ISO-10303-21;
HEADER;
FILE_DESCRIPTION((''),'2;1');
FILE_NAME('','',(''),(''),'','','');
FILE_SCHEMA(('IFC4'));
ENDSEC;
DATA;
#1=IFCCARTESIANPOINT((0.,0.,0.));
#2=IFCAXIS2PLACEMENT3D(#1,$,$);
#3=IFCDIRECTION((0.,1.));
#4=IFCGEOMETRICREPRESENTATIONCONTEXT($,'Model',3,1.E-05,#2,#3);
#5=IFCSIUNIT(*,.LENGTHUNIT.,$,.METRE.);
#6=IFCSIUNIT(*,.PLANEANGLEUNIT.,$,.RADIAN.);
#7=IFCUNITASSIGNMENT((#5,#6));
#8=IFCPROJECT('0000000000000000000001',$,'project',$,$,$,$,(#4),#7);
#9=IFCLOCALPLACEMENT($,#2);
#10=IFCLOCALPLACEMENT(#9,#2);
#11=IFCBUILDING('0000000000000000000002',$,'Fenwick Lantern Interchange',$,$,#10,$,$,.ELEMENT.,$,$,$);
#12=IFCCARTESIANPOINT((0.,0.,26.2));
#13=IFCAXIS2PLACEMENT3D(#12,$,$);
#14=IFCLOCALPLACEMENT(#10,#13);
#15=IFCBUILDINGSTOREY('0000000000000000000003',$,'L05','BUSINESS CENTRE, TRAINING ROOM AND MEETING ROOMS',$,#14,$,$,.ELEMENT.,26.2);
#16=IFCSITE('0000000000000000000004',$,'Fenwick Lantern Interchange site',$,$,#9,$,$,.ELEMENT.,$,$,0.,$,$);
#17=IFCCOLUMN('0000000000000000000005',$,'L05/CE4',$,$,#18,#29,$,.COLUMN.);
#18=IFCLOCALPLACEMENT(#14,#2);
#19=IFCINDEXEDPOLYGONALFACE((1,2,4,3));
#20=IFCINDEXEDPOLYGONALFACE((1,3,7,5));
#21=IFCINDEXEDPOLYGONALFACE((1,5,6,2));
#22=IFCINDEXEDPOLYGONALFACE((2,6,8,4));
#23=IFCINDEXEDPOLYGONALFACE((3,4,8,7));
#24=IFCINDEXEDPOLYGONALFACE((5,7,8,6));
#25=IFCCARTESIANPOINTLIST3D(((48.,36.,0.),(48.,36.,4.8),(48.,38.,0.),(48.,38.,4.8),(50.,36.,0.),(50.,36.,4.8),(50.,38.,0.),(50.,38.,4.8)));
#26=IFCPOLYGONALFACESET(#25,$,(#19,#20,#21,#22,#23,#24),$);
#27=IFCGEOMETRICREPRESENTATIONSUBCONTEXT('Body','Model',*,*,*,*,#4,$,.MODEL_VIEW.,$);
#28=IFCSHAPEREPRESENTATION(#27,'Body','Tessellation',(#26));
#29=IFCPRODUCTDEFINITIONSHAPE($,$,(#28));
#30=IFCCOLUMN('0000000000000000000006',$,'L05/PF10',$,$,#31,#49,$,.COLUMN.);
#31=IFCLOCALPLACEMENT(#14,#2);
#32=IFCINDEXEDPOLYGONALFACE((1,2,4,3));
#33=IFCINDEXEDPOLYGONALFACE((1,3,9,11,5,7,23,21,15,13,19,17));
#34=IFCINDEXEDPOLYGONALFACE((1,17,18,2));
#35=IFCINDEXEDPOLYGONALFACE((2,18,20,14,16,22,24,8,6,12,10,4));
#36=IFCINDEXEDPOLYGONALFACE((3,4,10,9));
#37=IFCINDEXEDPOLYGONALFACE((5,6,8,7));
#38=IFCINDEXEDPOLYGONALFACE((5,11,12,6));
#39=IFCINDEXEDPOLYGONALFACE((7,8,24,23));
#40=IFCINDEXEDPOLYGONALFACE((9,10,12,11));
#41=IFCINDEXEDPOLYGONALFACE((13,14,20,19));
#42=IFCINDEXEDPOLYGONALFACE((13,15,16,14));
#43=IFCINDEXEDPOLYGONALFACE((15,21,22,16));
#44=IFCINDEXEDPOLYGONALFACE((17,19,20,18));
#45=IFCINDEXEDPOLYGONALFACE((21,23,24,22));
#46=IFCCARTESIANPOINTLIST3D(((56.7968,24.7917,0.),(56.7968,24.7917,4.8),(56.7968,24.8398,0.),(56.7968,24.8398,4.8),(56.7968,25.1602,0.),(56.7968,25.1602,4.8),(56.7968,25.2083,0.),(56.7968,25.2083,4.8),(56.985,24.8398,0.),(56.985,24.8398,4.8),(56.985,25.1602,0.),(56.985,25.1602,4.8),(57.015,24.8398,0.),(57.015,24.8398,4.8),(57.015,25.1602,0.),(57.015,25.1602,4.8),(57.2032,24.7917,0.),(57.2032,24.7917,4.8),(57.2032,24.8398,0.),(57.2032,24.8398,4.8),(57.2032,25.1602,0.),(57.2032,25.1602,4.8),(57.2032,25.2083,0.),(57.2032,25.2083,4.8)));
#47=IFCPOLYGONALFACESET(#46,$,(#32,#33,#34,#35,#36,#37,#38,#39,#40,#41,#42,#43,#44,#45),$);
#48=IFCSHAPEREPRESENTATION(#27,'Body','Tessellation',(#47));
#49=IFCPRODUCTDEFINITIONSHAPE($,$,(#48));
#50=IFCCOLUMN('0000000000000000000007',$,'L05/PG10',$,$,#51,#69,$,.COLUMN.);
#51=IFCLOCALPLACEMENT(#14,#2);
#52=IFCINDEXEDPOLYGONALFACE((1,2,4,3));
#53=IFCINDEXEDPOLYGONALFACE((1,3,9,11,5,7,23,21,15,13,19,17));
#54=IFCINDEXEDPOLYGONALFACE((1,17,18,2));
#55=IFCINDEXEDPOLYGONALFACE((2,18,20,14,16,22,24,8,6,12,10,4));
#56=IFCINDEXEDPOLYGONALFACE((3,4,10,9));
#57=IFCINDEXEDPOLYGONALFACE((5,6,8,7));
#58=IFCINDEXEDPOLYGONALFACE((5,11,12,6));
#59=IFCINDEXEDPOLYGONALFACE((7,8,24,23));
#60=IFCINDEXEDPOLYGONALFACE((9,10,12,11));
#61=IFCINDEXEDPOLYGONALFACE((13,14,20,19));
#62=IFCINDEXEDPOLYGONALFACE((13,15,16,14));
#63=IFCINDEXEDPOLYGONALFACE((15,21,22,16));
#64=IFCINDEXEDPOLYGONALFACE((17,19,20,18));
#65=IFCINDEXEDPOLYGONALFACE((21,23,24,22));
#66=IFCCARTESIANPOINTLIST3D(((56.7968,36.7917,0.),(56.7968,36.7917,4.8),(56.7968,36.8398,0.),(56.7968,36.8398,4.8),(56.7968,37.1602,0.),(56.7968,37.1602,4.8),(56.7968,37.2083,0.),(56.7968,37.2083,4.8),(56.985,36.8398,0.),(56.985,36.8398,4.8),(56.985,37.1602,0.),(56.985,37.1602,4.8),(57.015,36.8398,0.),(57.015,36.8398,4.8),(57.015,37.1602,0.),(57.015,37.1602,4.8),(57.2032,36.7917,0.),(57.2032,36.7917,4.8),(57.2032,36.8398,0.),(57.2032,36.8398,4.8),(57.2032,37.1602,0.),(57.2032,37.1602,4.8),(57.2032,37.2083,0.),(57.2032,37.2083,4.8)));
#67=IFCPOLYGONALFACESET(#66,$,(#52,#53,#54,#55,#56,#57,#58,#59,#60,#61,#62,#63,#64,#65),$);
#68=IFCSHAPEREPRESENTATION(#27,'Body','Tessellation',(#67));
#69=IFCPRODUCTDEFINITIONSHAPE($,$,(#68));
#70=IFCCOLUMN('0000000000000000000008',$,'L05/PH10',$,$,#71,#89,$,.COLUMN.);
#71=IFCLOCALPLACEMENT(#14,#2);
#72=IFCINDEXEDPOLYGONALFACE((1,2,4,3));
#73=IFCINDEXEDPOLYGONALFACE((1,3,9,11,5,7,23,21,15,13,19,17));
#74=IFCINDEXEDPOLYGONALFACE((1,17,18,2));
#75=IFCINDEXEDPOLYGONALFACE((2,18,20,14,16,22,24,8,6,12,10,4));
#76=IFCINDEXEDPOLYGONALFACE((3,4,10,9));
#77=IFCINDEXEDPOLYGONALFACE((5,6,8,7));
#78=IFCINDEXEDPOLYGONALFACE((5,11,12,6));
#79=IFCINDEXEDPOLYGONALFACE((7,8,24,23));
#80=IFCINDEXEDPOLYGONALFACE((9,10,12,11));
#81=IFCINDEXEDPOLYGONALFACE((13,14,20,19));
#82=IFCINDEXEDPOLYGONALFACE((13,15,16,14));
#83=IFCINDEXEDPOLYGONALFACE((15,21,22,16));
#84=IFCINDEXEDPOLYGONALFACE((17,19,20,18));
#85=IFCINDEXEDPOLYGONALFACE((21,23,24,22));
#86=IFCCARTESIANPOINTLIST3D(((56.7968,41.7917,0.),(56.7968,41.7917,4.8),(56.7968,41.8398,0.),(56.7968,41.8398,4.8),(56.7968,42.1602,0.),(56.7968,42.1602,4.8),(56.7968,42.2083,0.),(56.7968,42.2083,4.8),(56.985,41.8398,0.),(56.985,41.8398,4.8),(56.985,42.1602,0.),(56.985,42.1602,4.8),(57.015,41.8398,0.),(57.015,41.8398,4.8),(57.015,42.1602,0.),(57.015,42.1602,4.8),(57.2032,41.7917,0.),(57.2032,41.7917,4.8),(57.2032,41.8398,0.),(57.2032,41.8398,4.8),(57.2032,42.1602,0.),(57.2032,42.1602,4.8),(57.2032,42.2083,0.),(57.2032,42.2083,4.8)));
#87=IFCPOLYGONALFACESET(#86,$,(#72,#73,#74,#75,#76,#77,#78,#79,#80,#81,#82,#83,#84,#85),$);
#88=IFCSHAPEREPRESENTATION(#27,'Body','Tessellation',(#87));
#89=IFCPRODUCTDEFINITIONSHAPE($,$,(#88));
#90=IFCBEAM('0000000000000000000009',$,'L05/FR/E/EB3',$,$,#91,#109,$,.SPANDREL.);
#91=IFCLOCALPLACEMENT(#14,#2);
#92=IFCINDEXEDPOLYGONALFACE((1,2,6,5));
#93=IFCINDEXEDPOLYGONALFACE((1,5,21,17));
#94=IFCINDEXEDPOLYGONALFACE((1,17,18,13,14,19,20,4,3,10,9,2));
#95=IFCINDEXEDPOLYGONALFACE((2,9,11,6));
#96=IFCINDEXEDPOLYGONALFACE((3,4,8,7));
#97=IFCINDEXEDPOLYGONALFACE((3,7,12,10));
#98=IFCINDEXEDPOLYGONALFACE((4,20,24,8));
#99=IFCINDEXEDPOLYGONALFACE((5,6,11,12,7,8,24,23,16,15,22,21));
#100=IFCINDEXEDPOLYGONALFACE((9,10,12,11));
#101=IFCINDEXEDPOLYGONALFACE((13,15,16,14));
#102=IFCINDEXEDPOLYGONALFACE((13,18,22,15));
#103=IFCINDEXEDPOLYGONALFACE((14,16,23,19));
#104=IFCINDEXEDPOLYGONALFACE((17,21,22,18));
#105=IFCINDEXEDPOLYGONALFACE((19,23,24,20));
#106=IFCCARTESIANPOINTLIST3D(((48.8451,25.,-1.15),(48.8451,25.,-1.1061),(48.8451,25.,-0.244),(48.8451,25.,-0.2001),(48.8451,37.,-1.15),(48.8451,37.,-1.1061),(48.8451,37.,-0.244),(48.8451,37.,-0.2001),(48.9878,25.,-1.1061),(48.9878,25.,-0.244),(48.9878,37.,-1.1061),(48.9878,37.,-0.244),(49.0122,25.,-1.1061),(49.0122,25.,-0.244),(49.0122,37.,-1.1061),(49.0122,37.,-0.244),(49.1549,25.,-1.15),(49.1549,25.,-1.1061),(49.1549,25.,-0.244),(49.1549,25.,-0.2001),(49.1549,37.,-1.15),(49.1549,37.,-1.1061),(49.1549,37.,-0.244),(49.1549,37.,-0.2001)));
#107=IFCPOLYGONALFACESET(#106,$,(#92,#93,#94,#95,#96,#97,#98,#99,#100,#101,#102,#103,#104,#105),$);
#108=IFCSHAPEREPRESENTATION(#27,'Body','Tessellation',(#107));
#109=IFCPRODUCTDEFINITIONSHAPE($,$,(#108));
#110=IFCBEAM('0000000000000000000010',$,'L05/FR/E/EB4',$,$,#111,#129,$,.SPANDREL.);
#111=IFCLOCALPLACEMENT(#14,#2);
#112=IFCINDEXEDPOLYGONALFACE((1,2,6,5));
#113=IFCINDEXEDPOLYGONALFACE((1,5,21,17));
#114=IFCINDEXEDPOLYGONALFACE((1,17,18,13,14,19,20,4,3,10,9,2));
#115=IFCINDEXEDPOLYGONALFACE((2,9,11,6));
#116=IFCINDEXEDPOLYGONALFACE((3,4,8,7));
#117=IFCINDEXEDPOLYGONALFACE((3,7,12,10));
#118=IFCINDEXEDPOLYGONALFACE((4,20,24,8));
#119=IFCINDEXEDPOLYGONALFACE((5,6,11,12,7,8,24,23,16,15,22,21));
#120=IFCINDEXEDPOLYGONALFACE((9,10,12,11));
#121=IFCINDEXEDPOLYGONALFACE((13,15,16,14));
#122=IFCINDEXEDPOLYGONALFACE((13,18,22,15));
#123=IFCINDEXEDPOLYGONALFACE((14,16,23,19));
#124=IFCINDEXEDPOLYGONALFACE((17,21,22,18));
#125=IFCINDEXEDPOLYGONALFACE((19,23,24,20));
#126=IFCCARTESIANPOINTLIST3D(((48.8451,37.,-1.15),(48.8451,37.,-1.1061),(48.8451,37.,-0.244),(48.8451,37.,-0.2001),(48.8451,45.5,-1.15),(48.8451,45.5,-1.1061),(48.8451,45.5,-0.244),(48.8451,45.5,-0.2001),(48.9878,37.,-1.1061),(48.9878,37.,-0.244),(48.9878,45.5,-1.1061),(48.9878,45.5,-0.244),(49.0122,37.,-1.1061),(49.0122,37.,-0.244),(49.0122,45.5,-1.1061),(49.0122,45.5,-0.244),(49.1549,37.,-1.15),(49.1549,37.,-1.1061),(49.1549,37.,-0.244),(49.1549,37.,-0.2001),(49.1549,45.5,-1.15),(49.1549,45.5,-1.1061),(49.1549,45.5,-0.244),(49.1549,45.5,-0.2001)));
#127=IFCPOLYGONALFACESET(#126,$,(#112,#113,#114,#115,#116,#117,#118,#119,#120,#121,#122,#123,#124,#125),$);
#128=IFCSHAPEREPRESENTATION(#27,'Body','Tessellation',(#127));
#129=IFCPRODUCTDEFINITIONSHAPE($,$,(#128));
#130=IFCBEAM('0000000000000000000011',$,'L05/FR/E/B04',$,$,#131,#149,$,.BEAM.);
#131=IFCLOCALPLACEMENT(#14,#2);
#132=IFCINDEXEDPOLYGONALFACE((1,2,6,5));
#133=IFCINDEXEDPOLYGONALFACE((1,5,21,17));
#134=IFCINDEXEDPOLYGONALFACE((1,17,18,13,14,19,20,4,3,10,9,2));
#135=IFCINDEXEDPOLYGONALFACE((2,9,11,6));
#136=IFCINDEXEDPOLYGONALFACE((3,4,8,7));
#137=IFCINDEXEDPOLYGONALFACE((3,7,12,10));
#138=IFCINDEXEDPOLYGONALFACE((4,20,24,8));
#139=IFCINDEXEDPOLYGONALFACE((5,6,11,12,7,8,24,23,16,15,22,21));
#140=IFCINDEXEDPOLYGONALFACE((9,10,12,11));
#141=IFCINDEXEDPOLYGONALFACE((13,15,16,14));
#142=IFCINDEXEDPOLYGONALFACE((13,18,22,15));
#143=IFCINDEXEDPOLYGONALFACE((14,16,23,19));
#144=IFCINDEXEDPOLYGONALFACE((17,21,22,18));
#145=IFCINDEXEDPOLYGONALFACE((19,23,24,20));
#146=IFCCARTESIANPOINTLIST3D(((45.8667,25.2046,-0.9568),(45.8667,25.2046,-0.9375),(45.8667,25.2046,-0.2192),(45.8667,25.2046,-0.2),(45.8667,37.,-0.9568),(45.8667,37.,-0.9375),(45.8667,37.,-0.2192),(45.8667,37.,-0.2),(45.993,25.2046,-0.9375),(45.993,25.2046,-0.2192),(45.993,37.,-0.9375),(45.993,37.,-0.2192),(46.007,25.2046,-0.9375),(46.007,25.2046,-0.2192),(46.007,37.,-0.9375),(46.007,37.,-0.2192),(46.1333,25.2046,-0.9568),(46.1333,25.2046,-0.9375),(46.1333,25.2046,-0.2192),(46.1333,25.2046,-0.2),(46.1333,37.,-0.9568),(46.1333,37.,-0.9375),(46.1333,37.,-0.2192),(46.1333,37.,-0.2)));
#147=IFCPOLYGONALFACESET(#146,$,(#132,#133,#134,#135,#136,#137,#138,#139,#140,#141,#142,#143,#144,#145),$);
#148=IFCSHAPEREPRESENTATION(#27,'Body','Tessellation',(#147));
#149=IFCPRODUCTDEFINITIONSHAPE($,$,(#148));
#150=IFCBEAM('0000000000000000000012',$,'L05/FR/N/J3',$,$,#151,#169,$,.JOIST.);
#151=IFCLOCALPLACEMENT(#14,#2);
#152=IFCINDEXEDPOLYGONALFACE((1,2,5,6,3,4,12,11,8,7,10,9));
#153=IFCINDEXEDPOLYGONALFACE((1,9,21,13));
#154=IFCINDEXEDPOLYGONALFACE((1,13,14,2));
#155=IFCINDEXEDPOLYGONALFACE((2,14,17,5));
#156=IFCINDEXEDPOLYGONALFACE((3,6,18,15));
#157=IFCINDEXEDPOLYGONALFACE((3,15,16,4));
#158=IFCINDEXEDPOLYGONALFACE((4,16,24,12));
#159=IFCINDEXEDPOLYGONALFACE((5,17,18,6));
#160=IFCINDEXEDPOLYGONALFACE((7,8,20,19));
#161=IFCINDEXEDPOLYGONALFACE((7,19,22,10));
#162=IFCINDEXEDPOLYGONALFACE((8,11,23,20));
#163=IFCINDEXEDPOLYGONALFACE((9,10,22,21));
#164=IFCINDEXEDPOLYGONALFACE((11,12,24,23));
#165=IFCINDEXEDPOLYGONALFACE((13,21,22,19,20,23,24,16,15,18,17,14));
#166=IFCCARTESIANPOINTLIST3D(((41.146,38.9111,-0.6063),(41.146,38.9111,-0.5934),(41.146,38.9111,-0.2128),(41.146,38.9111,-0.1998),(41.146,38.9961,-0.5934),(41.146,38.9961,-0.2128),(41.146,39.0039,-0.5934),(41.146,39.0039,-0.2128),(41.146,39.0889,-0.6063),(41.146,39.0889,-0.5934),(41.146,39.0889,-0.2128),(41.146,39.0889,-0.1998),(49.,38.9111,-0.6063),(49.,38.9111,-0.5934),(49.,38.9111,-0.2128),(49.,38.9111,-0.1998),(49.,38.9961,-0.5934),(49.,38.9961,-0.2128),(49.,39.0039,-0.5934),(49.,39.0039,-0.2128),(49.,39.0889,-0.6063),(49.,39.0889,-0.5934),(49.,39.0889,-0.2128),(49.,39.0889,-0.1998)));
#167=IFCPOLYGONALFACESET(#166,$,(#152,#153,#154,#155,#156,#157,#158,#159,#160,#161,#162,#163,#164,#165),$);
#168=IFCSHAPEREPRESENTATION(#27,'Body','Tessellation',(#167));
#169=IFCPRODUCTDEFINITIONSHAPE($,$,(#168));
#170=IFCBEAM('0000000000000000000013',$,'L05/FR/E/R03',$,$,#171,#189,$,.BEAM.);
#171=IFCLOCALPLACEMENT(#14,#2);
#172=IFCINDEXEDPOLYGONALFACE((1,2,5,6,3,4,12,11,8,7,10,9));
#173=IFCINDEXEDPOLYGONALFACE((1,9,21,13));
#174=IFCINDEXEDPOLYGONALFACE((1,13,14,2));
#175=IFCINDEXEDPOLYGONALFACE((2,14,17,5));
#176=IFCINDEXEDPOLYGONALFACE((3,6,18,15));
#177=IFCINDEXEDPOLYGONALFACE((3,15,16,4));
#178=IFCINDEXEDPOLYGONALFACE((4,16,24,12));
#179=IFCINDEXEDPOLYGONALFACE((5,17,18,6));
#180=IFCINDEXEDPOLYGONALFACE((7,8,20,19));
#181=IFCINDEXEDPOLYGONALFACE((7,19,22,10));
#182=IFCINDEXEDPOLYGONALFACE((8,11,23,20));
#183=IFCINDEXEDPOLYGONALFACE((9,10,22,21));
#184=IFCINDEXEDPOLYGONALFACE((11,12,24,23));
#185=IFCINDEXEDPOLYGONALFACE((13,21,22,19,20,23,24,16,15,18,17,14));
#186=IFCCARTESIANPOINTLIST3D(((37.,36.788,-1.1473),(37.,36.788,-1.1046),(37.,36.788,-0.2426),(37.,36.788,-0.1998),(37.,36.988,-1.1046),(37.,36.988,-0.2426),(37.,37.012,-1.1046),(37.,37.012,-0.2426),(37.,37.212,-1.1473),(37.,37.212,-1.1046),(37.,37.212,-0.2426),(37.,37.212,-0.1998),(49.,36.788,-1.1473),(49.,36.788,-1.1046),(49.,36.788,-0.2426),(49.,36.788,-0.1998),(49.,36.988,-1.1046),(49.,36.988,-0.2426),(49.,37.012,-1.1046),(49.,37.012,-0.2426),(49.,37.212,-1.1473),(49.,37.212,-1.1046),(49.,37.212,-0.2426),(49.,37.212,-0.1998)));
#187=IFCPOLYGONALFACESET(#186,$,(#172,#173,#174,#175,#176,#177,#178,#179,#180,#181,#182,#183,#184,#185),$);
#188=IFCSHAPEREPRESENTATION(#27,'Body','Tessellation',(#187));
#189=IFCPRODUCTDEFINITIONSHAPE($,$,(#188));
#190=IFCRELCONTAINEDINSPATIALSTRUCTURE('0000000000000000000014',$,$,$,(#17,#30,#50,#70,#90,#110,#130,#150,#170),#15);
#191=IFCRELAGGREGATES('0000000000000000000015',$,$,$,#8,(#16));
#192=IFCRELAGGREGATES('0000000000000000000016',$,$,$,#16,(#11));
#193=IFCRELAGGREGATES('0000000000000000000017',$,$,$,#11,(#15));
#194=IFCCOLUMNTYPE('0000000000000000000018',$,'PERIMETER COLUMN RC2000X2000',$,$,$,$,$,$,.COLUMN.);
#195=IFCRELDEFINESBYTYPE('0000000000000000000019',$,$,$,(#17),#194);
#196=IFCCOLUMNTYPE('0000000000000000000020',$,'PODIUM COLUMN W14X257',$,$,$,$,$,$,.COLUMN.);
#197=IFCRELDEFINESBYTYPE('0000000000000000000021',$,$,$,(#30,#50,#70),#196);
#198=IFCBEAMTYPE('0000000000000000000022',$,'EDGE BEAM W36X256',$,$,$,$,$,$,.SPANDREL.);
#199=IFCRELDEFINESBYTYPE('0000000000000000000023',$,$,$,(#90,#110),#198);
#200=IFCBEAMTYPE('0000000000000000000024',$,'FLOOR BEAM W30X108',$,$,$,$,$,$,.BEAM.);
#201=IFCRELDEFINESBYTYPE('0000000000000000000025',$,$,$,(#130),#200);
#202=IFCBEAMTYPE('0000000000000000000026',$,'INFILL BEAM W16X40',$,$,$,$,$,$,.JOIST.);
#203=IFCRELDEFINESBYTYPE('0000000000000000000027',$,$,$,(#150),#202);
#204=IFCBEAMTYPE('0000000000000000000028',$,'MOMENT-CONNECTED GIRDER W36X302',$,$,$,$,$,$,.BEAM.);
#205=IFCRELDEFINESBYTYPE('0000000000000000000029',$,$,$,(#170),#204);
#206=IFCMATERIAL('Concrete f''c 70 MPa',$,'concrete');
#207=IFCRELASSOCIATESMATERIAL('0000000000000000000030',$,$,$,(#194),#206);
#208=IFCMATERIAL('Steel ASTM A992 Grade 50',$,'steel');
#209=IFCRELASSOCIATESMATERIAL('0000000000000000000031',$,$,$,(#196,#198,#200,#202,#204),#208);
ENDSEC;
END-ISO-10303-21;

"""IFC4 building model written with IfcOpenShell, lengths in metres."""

from ifc_helpers import new_model, si_unit, direction, frame, origin, origin_2d, place, context, subcontext, project, spatial, rectangle, i_section, extrude, material, material_profile, profile_set, type_object, element, save


model = new_model("IFC4")

# Units and contexts
model_context = context("Model", 3, precision=1e-05, world=origin(), true_north=direction((0.0, 1.0)))
body_context = subcontext(model_context, "Body", "Model", "MODEL_VIEW")
ifc_project = project(units=[si_unit("LENGTHUNIT", "METRE"), si_unit("PLANEANGLEUNIT", "RADIAN")], contexts=[model_context])

# Site, building, storey
site_placement = place(None, origin())
site = spatial("IfcSite", under=ifc_project, at=site_placement, Name="Fenwick Lantern Interchange site", CompositionType="ELEMENT", RefElevation=0.0)
building_placement = place(site_placement, origin())
building = spatial("IfcBuilding", under=site, at=building_placement, Name="Fenwick Lantern Interchange", CompositionType="ELEMENT")
storey_placement = place(building_placement, frame((0.0, 0.0, 26.2)))
storey = spatial("IfcBuildingStorey", under=building, at=storey_placement, Name="L05", Description="BUSINESS CENTRE, TRAINING ROOM AND MEETING ROOMS", CompositionType="ELEMENT", Elevation=26.2)

# Columns
ifc_material_1 = material(Name="Concrete f'c 70 MPa", Category="concrete")
ifc_material_profile_1 = material_profile(ifc_material_1, rectangle(XDim=2.0, YDim=2.0, at=origin_2d()), Name="RC2000X2000")
ifc_profile_set_1 = profile_set([ifc_material_profile_1], Name="Concrete f'c 70 MPa")
column_type_1 = type_object("IfcColumnType", Name="PERIMETER COLUMN RC2000X2000", PredefinedType="COLUMN", material=ifc_profile_set_1)
column_placement = place(storey_placement, frame((49.0, 37.0, 0.0), z_axis=(0.0, 0.0, 1.0), x_axis=(1.0, 0.0, 0.0)))
element("IfcColumn", 1, at=column_placement, inside=storey, type_object=column_type_1, Name="L05/CE4", PredefinedType="COLUMN", context=body_context, shape_type="SweptSolid", body=[
    extrude(rectangle(XDim=2.0, YDim=2.0, at=origin_2d()), origin(), (0.0, 0.0, 1.0), 4.8),
])
ifc_material_2 = material(Name="Steel ASTM A992 Grade 50", Category="steel")
ifc_material_profile_2 = material_profile(ifc_material_2, i_section(OverallWidth=0.4065, OverallDepth=0.4165, WebThickness=0.03, FlangeThickness=0.0481, at=origin_2d()), Name="W14X257")
ifc_profile_set_2 = profile_set([ifc_material_profile_2], Name="Steel ASTM A992 Grade 50")
column_type_2 = type_object("IfcColumnType", Name="PODIUM COLUMN W14X257", PredefinedType="COLUMN", material=ifc_profile_set_2)
for number, where, z_axis, x_axis, name in (
    (2, (57.0, 25.0, 0.0), (0.0, 0.0, 1.0), (1.0, 0.0, 0.0), "L05/PF10"),
    (3, (57.0, 37.0, 0.0), (0.0, 0.0, 1.0), (1.0, 0.0, 0.0), "L05/PG10"),
    (4, (57.0, 42.0, 0.0), (0.0, 0.0, 1.0), (1.0, 0.0, 0.0), "L05/PH10"),
):
    element("IfcColumn", number, at=place(storey_placement, frame(where, z_axis=z_axis, x_axis=x_axis)), inside=storey, type_object=column_type_2, Name=name, PredefinedType="COLUMN", context=body_context, shape_type="SweptSolid", body=[
        extrude(i_section(OverallWidth=0.4065, OverallDepth=0.4165, WebThickness=0.03, FlangeThickness=0.0481, at=origin_2d()), origin(), (0.0, 0.0, 1.0), 4.8),
    ])

# Beams
ifc_material_profile_3 = material_profile(ifc_material_2, i_section(OverallWidth=0.3098, OverallDepth=0.95, WebThickness=0.0244, FlangeThickness=0.0439, at=origin_2d()), Name="W36X256")
ifc_profile_set_3 = profile_set([ifc_material_profile_3], Name="Steel ASTM A992 Grade 50")
beam_type_1 = type_object("IfcBeamType", Name="EDGE BEAM W36X256", PredefinedType="SPANDREL", material=ifc_profile_set_3)
beam_1_placement = place(storey_placement, frame((49.0, 25.0, -0.675), z_axis=(0.0, 1.0, 0.0), x_axis=(-1.0, 0.0, 0.0)))
element("IfcBeam", 5, at=beam_1_placement, inside=storey, type_object=beam_type_1, Name="L05/FR/E/EB3", PredefinedType="SPANDREL", context=body_context, shape_type="SweptSolid", body=[
    extrude(i_section(OverallWidth=0.3098, OverallDepth=0.95, WebThickness=0.0244, FlangeThickness=0.0439, at=origin_2d()), origin(), (0.0, 0.0, 1.0), 12.0),
])
beam_2_placement = place(storey_placement, frame((49.0, 37.0, -0.675), z_axis=(0.0, 1.0, 0.0), x_axis=(-1.0, 0.0, 0.0)))
element("IfcBeam", 6, at=beam_2_placement, inside=storey, type_object=beam_type_1, Name="L05/FR/E/EB4", PredefinedType="SPANDREL", context=body_context, shape_type="SweptSolid", body=[
    extrude(i_section(OverallWidth=0.3098, OverallDepth=0.95, WebThickness=0.0244, FlangeThickness=0.0439, at=origin_2d()), origin(), (0.0, 0.0, 1.0), 8.5),
])
ifc_material_profile_4 = material_profile(ifc_material_2, i_section(OverallWidth=0.2666, OverallDepth=0.7568, WebThickness=0.0139, FlangeThickness=0.0193, at=origin_2d()), Name="W30X108")
ifc_profile_set_4 = profile_set([ifc_material_profile_4], Name="Steel ASTM A992 Grade 50")
beam_type_2 = type_object("IfcBeamType", Name="FLOOR BEAM W30X108", PredefinedType="BEAM", material=ifc_profile_set_4)
beam_3_placement = place(storey_placement, frame((46.0, 25.2046, -0.5784), z_axis=(0.0, 1.0, 0.0), x_axis=(-1.0, 0.0, 0.0)))
element("IfcBeam", 7, at=beam_3_placement, inside=storey, type_object=beam_type_2, Name="L05/FR/E/B04", PredefinedType="BEAM", context=body_context, shape_type="SweptSolid", body=[
    extrude(i_section(OverallWidth=0.2666, OverallDepth=0.7568, WebThickness=0.0139, FlangeThickness=0.0193, at=origin_2d()), origin(), (0.0, 0.0, 1.0), 11.7954),
])
ifc_material_profile_5 = material_profile(ifc_material_2, i_section(OverallWidth=0.1777, OverallDepth=0.4065, WebThickness=0.0078, FlangeThickness=0.0129, at=origin_2d()), Name="W16X40")
ifc_profile_set_5 = profile_set([ifc_material_profile_5], Name="Steel ASTM A992 Grade 50")
beam_type_3 = type_object("IfcBeamType", Name="INFILL BEAM W16X40", PredefinedType="JOIST", material=ifc_profile_set_5)
beam_4_placement = place(storey_placement, frame((49.0, 39.0, -0.4031), z_axis=(-1.0, 0.0, 0.0), x_axis=(0.0, -1.0, 0.0)))
element("IfcBeam", 8, at=beam_4_placement, inside=storey, type_object=beam_type_3, Name="L05/FR/N/J3", PredefinedType="JOIST", context=body_context, shape_type="SweptSolid", body=[
    extrude(i_section(OverallWidth=0.1777, OverallDepth=0.4065, WebThickness=0.0078, FlangeThickness=0.0129, at=origin_2d()), origin(), (0.0, 0.0, 1.0), 7.854),
])
ifc_material_profile_6 = material_profile(ifc_material_2, i_section(OverallWidth=0.4241, OverallDepth=0.9475, WebThickness=0.0239, FlangeThickness=0.0427, at=origin_2d()), Name="W36X302")
ifc_profile_set_6 = profile_set([ifc_material_profile_6], Name="Steel ASTM A992 Grade 50")
beam_type_4 = type_object("IfcBeamType", Name="MOMENT-CONNECTED GIRDER W36X302", PredefinedType="BEAM", material=ifc_profile_set_6)
beam_5_placement = place(storey_placement, frame((49.0, 37.0, -0.6736), z_axis=(-1.0, 0.0, 0.0), x_axis=(0.0, -1.0, 0.0)))
element("IfcBeam", 9, at=beam_5_placement, inside=storey, type_object=beam_type_4, Name="L05/FR/E/R03", PredefinedType="BEAM", context=body_context, shape_type="SweptSolid", body=[
    extrude(i_section(OverallWidth=0.4241, OverallDepth=0.9475, WebThickness=0.0239, FlangeThickness=0.0427, at=origin_2d()), origin(), (0.0, 0.0, 1.0), 12.0),
])

save(model, "model.ifc")
